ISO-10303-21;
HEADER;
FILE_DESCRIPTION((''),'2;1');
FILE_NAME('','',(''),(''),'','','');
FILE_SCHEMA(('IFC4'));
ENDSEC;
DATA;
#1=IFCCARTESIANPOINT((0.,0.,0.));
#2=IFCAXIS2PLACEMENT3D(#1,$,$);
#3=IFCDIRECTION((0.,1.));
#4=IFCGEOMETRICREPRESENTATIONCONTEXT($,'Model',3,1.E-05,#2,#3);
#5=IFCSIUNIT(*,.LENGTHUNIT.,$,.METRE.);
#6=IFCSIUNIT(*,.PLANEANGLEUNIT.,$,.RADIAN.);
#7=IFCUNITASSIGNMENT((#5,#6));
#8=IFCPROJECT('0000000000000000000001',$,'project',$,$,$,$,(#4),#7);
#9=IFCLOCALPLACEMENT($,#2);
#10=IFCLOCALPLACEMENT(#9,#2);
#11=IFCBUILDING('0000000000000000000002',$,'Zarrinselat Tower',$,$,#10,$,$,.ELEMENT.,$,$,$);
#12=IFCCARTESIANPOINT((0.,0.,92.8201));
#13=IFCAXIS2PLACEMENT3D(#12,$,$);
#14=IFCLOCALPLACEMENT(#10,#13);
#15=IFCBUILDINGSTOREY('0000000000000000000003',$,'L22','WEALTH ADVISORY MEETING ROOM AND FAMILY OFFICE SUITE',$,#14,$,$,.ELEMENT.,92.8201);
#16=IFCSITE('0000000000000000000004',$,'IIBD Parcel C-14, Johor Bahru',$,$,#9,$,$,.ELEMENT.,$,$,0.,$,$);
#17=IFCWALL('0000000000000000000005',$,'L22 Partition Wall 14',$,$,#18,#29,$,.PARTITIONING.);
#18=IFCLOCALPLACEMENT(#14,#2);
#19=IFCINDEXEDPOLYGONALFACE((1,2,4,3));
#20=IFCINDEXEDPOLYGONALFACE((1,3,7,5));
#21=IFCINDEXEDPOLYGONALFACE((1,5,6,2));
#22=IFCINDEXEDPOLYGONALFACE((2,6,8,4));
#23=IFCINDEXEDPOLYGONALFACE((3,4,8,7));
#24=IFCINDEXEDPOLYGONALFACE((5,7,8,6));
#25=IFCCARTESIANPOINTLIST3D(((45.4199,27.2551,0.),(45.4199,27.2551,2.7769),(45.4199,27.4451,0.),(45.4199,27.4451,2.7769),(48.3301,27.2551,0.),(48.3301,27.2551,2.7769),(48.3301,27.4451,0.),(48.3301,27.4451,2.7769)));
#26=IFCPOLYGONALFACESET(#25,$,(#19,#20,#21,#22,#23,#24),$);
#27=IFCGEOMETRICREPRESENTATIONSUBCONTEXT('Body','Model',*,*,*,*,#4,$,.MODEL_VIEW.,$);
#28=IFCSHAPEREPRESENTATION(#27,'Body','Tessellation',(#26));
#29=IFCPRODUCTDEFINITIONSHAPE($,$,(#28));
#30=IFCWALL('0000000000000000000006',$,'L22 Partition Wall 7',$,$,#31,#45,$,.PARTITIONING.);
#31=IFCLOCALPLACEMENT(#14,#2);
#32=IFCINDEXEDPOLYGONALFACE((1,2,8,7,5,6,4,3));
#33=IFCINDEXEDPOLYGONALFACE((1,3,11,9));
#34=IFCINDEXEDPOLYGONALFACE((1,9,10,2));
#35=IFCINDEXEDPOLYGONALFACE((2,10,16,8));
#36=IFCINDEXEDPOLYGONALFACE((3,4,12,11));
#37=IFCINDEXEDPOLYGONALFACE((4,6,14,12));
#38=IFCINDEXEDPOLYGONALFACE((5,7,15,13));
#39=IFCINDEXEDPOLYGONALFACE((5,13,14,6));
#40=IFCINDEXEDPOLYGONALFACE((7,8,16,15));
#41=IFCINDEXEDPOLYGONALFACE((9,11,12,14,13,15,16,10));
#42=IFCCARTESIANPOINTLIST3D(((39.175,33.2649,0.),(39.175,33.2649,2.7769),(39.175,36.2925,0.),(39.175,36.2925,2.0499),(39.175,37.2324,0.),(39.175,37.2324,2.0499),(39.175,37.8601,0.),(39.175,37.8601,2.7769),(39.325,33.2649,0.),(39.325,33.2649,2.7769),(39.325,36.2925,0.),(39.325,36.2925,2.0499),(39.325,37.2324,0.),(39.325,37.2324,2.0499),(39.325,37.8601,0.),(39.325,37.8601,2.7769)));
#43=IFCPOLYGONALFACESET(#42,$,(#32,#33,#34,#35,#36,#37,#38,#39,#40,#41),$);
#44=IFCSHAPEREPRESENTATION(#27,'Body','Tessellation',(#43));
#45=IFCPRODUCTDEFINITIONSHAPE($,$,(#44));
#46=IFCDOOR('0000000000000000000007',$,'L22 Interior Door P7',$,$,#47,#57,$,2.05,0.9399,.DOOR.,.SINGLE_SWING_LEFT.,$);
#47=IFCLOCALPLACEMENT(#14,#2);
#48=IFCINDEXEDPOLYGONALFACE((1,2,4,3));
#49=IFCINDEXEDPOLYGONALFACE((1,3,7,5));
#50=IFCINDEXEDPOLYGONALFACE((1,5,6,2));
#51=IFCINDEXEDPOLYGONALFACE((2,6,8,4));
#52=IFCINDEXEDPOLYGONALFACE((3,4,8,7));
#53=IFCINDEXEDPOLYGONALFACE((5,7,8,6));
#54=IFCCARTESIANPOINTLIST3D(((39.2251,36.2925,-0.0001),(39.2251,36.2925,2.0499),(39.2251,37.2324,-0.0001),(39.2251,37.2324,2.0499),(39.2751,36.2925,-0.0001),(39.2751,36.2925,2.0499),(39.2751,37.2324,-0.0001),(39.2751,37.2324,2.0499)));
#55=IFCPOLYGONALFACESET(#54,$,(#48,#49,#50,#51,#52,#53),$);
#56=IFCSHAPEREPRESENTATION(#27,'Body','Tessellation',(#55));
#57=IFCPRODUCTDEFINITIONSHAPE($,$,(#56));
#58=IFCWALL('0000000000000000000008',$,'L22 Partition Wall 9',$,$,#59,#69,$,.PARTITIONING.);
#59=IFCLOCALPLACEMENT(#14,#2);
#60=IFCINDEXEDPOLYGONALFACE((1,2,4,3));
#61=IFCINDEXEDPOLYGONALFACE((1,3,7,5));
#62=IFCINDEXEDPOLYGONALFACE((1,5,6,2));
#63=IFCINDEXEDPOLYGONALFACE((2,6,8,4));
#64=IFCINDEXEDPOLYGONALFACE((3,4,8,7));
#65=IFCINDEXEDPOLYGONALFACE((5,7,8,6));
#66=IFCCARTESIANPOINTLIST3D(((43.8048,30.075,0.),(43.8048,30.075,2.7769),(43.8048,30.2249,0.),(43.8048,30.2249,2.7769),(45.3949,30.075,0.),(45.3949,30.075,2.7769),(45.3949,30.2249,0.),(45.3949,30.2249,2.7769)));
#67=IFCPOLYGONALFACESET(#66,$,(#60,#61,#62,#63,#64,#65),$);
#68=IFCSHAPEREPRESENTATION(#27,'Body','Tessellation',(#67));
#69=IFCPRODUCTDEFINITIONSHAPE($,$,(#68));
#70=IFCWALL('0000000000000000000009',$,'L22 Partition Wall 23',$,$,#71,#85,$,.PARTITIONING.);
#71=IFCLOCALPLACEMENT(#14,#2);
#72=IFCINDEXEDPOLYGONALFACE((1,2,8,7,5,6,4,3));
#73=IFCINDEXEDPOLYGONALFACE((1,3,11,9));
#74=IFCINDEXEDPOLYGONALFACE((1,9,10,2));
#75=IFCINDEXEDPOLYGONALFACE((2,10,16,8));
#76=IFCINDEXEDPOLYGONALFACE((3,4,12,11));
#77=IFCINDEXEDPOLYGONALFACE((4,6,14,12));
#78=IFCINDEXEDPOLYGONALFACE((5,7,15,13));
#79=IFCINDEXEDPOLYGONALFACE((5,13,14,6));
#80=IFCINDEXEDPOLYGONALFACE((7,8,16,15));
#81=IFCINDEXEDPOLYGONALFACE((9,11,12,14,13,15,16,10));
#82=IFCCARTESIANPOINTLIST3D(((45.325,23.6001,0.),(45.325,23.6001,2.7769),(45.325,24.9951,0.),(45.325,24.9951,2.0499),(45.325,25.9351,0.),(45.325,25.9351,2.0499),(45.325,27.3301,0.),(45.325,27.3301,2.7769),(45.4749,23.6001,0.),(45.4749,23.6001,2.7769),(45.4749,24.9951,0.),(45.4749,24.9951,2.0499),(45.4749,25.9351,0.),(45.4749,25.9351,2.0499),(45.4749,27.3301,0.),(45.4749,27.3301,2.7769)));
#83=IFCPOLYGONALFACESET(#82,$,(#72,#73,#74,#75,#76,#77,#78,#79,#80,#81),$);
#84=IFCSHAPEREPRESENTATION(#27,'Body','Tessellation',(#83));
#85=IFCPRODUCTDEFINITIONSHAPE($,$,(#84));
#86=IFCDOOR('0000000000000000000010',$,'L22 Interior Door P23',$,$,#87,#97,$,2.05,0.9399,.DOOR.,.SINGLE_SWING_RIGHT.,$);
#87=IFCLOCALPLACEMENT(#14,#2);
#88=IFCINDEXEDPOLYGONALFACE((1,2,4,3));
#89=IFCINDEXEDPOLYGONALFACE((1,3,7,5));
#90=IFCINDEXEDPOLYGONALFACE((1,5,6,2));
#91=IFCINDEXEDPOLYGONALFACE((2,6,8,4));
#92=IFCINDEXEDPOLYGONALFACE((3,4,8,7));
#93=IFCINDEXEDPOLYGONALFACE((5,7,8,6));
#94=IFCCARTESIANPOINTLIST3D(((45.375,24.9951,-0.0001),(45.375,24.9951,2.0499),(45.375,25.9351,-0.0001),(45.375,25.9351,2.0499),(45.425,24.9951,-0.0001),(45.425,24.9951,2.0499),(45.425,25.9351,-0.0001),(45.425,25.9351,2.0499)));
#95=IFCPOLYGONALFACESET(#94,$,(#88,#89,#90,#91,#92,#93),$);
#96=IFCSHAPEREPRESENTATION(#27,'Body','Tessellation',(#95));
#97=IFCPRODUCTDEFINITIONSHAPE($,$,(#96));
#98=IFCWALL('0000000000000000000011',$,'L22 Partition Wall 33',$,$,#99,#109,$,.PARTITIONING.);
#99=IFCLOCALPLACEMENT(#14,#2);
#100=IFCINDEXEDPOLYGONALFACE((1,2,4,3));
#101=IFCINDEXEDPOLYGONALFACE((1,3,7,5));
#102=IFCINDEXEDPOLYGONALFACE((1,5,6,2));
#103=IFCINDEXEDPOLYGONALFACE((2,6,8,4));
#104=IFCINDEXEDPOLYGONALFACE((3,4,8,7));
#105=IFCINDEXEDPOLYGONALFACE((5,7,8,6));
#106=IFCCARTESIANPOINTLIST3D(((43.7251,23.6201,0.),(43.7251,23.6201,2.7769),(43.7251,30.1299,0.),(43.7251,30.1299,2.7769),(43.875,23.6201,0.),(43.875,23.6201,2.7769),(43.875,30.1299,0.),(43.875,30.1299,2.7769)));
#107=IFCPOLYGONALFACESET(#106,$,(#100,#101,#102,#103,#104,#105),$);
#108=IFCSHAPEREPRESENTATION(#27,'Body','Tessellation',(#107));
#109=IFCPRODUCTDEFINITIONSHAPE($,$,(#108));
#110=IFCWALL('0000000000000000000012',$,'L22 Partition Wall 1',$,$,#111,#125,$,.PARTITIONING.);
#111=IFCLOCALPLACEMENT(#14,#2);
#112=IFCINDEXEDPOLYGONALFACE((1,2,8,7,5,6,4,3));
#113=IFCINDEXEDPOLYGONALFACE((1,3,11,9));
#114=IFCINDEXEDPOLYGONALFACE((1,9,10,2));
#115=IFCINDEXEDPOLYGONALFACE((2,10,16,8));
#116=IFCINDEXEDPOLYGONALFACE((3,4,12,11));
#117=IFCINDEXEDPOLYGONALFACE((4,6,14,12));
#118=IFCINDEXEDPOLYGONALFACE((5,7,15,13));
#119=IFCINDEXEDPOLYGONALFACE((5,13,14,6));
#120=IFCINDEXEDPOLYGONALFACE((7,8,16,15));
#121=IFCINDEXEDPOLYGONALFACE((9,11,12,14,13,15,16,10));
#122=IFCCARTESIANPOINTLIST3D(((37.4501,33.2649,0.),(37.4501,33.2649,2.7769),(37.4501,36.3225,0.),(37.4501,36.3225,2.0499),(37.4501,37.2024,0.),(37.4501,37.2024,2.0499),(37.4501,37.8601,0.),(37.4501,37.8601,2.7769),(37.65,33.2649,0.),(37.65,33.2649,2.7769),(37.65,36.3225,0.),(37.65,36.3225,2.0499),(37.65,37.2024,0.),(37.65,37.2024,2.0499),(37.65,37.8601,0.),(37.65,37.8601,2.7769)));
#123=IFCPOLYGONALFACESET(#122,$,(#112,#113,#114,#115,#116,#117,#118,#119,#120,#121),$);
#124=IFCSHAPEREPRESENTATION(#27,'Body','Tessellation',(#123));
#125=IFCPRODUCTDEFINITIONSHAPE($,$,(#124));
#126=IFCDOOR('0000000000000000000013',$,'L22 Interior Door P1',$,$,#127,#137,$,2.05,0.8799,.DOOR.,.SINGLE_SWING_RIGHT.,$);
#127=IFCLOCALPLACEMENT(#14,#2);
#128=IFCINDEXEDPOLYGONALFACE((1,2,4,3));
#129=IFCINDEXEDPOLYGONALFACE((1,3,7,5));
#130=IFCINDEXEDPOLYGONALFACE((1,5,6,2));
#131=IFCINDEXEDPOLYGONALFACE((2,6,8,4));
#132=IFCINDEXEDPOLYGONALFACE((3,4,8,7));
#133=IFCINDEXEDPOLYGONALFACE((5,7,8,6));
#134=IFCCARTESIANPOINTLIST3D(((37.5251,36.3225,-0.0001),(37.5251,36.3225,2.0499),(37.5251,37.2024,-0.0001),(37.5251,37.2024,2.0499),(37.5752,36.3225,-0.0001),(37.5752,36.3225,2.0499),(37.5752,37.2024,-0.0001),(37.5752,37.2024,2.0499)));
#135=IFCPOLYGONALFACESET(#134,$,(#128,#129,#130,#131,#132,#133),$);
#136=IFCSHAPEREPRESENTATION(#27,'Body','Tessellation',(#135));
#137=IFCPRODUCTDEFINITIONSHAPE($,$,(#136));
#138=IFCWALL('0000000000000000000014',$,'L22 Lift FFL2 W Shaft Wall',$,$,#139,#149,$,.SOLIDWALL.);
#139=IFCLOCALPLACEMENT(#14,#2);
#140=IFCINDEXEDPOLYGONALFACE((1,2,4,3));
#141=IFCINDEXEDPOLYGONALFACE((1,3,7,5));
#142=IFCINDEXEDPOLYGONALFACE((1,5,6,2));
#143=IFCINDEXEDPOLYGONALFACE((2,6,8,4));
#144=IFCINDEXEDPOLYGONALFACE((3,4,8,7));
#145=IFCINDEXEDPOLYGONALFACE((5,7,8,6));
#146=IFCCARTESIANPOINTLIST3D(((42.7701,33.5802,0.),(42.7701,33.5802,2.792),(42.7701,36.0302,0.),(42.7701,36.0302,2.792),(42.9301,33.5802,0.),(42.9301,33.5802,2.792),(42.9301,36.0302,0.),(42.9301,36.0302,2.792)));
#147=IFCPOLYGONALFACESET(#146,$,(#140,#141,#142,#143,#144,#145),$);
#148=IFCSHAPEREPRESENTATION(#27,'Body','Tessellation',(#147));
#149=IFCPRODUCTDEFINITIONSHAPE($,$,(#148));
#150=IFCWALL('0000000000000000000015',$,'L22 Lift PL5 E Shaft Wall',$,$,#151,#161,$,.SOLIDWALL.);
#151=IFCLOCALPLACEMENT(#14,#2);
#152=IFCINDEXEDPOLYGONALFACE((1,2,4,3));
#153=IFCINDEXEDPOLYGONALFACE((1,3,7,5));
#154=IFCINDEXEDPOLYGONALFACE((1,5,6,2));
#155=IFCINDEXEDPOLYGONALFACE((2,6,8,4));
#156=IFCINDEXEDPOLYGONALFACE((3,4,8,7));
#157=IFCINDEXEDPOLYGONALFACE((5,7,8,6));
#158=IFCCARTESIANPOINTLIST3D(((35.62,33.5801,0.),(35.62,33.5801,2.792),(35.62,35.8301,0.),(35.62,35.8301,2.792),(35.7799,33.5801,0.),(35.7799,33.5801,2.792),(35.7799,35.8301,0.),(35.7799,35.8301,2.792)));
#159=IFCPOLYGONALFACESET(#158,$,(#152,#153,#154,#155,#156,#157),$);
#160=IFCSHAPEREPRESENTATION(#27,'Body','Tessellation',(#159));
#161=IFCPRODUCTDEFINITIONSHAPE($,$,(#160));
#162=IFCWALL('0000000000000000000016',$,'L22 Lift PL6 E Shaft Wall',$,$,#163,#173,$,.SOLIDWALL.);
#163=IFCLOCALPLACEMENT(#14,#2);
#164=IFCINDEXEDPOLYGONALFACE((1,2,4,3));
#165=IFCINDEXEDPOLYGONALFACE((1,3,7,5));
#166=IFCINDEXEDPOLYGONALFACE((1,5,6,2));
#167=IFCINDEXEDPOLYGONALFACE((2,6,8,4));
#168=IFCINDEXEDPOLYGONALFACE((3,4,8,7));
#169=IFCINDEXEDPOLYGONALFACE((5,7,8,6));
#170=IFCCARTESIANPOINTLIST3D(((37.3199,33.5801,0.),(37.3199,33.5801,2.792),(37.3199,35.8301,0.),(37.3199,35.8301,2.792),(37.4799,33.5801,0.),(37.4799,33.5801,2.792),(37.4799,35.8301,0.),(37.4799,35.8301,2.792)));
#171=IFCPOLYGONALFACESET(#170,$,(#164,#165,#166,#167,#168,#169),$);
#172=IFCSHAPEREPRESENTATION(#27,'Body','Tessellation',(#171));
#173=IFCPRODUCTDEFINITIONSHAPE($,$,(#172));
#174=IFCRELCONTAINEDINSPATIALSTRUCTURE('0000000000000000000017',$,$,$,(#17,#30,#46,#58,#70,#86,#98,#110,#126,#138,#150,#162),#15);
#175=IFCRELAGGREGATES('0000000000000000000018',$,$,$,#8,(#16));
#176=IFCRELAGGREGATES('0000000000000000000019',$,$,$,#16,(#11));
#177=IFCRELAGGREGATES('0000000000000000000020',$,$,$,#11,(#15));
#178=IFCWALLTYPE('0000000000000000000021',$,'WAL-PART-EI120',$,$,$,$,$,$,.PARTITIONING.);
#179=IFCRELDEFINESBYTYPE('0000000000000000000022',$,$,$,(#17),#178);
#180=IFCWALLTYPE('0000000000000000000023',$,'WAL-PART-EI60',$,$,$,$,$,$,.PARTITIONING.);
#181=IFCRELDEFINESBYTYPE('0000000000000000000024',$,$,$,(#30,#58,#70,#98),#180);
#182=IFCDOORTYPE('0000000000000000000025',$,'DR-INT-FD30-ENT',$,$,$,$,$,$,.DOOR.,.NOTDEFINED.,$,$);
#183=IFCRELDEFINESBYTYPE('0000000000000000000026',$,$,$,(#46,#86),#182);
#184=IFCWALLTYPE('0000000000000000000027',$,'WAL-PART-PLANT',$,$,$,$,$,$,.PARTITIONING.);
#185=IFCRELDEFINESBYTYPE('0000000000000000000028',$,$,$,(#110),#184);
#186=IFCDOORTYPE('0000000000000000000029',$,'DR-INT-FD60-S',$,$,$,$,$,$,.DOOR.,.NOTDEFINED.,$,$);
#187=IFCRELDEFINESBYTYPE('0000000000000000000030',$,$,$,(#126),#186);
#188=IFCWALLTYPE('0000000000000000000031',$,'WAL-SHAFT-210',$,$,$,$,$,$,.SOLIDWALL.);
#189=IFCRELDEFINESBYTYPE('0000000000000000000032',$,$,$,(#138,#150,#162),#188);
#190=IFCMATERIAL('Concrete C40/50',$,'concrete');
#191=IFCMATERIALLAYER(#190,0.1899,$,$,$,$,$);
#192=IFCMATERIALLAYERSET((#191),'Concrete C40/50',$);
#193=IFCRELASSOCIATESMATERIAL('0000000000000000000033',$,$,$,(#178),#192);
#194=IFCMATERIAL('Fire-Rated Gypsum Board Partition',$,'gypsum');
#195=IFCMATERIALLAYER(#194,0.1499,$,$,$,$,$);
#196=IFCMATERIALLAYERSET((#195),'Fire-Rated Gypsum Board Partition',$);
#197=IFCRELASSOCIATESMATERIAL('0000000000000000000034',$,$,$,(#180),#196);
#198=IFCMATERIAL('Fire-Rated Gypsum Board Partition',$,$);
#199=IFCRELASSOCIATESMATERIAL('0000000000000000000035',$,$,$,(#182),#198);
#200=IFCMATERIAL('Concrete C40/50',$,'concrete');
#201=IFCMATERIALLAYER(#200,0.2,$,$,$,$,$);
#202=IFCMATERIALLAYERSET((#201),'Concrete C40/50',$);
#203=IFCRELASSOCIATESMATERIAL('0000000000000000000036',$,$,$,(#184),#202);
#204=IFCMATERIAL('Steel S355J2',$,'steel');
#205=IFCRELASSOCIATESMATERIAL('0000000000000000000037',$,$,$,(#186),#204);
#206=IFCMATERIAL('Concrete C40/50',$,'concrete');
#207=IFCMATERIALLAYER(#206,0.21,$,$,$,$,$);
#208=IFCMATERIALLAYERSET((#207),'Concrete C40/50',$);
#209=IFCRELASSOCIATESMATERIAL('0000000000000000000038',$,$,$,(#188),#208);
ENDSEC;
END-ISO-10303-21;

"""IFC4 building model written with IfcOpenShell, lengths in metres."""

from ifc_helpers import new_model, si_unit, direction, frame, frame_2d, origin, place, context, subcontext, project, spatial, rectangle, extrude, material, layer, layer_set, type_object, element, fill, save


model = new_model("IFC4")

# Units and contexts
model_context = context("Model", 3, precision=1e-05, world=origin(), true_north=direction((0.0, 1.0)))
body_context = subcontext(model_context, "Body", "Model", "MODEL_VIEW")
ifc_project = project(units=[si_unit("LENGTHUNIT", "METRE"), si_unit("PLANEANGLEUNIT", "RADIAN")], contexts=[model_context])

# Site, building, storey
site_placement = place(None, origin())
site = spatial("IfcSite", under=ifc_project, at=site_placement, Name="IIBD Parcel C-14, Johor Bahru", CompositionType="ELEMENT", RefElevation=0.0)
building_placement = place(site_placement, origin())
building = spatial("IfcBuilding", under=site, at=building_placement, Name="Zarrinselat Tower", CompositionType="ELEMENT")
storey_placement = place(building_placement, frame((0.0, 0.0, 92.8201)))
storey = spatial("IfcBuildingStorey", under=building, at=storey_placement, Name="L22", Description="WEALTH ADVISORY MEETING ROOM AND FAMILY OFFICE SUITE", CompositionType="ELEMENT", Elevation=92.8201)

# Shared definitions
ifc_material_1 = material(Name="Concrete C40/50", Category="concrete")
ifc_layer_1 = layer(ifc_material_1, 0.1899)
ifc_layer_set_1 = layer_set([ifc_layer_1], Name="Concrete C40/50")
wall_type_1 = type_object("IfcWallType", Name="WAL-PART-EI120", PredefinedType="PARTITIONING", material=ifc_layer_set_1)

# Wall
wall_1_placement = place(storey_placement, frame((45.4199, 27.3501, 0.0), z_axis=(0.0, 0.0, 1.0), x_axis=(1.0, 0.0, 0.0)))
element("IfcWall", 1, at=wall_1_placement, inside=storey, type_object=wall_type_1, Name="L22 Partition Wall 14", PredefinedType="PARTITIONING", context=body_context, shape_type="SweptSolid", body=[
    extrude(rectangle(XDim=2.9102, YDim=0.1899, at=frame_2d((1.4551, 0.0))), origin(), (0.0, 0.0, 1.0), 2.7769),
])

# Wall, opening, door
ifc_material_2 = material(Name="Fire-Rated Gypsum Board Partition", Category="gypsum")
ifc_layer_2 = layer(ifc_material_2, 0.1499)
ifc_layer_set_2 = layer_set([ifc_layer_2], Name="Fire-Rated Gypsum Board Partition")
wall_type_2 = type_object("IfcWallType", Name="WAL-PART-EI60", PredefinedType="PARTITIONING", material=ifc_layer_set_2)
wall_2_placement = place(storey_placement, frame((39.25, 33.2649, 0.0), z_axis=(0.0, 0.0, 1.0), x_axis=(0.0, 1.0, 0.0)))
wall_2 = element("IfcWall", 2, at=wall_2_placement, inside=storey, type_object=wall_type_2, Name="L22 Partition Wall 7", PredefinedType="PARTITIONING", context=body_context, shape_type="SweptSolid", body=[
    extrude(rectangle(XDim=4.5952, YDim=0.1499, at=frame_2d((2.2976, 0.0))), origin(), (0.0, 0.0, 1.0), 2.7769),
])
opening_1_placement = place(wall_2_placement, frame((3.0276, 0.0, 0.0)))
opening_1 = element("IfcOpeningElement", 3, at=opening_1_placement, cuts=wall_2, PredefinedType="OPENING", context=body_context, shape_type="SweptSolid", body=[
    extrude(rectangle(XDim=0.9399, YDim=2.05, at=frame_2d((0.47, 1.0249))), frame((0.0, 0.085, 0.0), z_axis=(0.0, -1.0, 0.0), x_axis=(1.0, 0.0, 0.0)), (0.0, 0.0, 1.0), 0.1699),
])
ifc_material_3 = material(Name="Fire-Rated Gypsum Board Partition")
door_type_1 = type_object("IfcDoorType", Name="DR-INT-FD30-ENT", OperationType="NOTDEFINED", PredefinedType="DOOR", material=ifc_material_3)
door_1_placement = place(opening_1_placement, origin())
door_1 = element("IfcDoor", 4, at=door_1_placement, inside=storey, type_object=door_type_1, Name="L22 Interior Door P7", OperationType="SINGLE_SWING_LEFT", OverallHeight=2.05, OverallWidth=0.9399, PredefinedType="DOOR", context=body_context, shape_type="SweptSolid", body=[
    extrude(rectangle(XDim=0.9399, YDim=2.05, at=frame_2d((0.47, 1.0249))), frame((0.0, 0.0249, 0.0), z_axis=(0.0, -1.0, 0.0), x_axis=(1.0, 0.0, 0.0)), (0.0, 0.0, 1.0), 0.05),
])
fill(opening_1, door_1)

# Wall
wall_3_placement = place(storey_placement, frame((43.8049, 30.1499, 0.0), z_axis=(0.0, 0.0, 1.0), x_axis=(1.0, 0.0, 0.0)))
element("IfcWall", 5, at=wall_3_placement, inside=storey, type_object=wall_type_2, Name="L22 Partition Wall 9", PredefinedType="PARTITIONING", context=body_context, shape_type="SweptSolid", body=[
    extrude(rectangle(XDim=1.5901, YDim=0.1499, at=frame_2d((0.7949, 0.0))), origin(), (0.0, 0.0, 1.0), 2.7769),
])

# Wall, opening, door
wall_4_placement = place(storey_placement, frame((45.3999, 23.6001, 0.0), z_axis=(0.0, 0.0, 1.0), x_axis=(0.0, 1.0, 0.0)))
wall_4 = element("IfcWall", 6, at=wall_4_placement, inside=storey, type_object=wall_type_2, Name="L22 Partition Wall 23", PredefinedType="PARTITIONING", context=body_context, shape_type="SweptSolid", body=[
    extrude(rectangle(XDim=3.73, YDim=0.1499, at=frame_2d((1.865, 0.0))), origin(), (0.0, 0.0, 1.0), 2.7769),
])
opening_2_placement = place(wall_4_placement, frame((1.395, 0.0, 0.0)))
opening_2 = element("IfcOpeningElement", 7, at=opening_2_placement, cuts=wall_4, PredefinedType="OPENING", context=body_context, shape_type="SweptSolid", body=[
    extrude(rectangle(XDim=0.9399, YDim=2.05, at=frame_2d((0.47, 1.0249))), frame((0.0, 0.085, 0.0), z_axis=(0.0, -1.0, 0.0), x_axis=(1.0, 0.0, 0.0)), (0.0, 0.0, 1.0), 0.1699),
])
door_2_placement = place(opening_2_placement, origin())
door_2 = element("IfcDoor", 8, at=door_2_placement, inside=storey, type_object=door_type_1, Name="L22 Interior Door P23", OperationType="SINGLE_SWING_RIGHT", OverallHeight=2.05, OverallWidth=0.9399, PredefinedType="DOOR", context=body_context, shape_type="SweptSolid", body=[
    extrude(rectangle(XDim=0.9399, YDim=2.05, at=frame_2d((0.47, 1.0249))), frame((0.0, 0.0249, 0.0), z_axis=(0.0, -1.0, 0.0), x_axis=(1.0, 0.0, 0.0)), (0.0, 0.0, 1.0), 0.05),
])
fill(opening_2, door_2)

# Wall
wall_5_placement = place(storey_placement, frame((43.8, 23.6201, 0.0), z_axis=(0.0, 0.0, 1.0), x_axis=(0.0, 1.0, 0.0)))
element("IfcWall", 9, at=wall_5_placement, inside=storey, type_object=wall_type_2, Name="L22 Partition Wall 33", PredefinedType="PARTITIONING", context=body_context, shape_type="SweptSolid", body=[
    extrude(rectangle(XDim=6.5098, YDim=0.1499, at=frame_2d((3.2549, 0.0))), origin(), (0.0, 0.0, 1.0), 2.7769),
])

# Wall, opening, door
ifc_material_4 = material(Name="Concrete C40/50", Category="concrete")
ifc_layer_3 = layer(ifc_material_4, 0.2)
ifc_layer_set_3 = layer_set([ifc_layer_3], Name="Concrete C40/50")
wall_type_3 = type_object("IfcWallType", Name="WAL-PART-PLANT", PredefinedType="PARTITIONING", material=ifc_layer_set_3)
wall_6_placement = place(storey_placement, frame((37.55, 33.2649, 0.0), z_axis=(0.0, 0.0, 1.0), x_axis=(0.0, 1.0, 0.0)))
wall_6 = element("IfcWall", 10, at=wall_6_placement, inside=storey, type_object=wall_type_3, Name="L22 Partition Wall 1", PredefinedType="PARTITIONING", context=body_context, shape_type="SweptSolid", body=[
    extrude(rectangle(XDim=4.5952, YDim=0.2, at=frame_2d((2.2976, 0.0))), origin(), (0.0, 0.0, 1.0), 2.7769),
])
opening_3_placement = place(wall_6_placement, frame((3.0576, 0.0, 0.0)))
opening_3 = element("IfcOpeningElement", 11, at=opening_3_placement, cuts=wall_6, PredefinedType="OPENING", context=body_context, shape_type="SweptSolid", body=[
    extrude(rectangle(XDim=0.8799, YDim=2.05, at=frame_2d((0.4399, 1.0249))), frame((0.0, 0.1099, 0.0), z_axis=(0.0, -1.0, 0.0), x_axis=(1.0, 0.0, 0.0)), (0.0, 0.0, 1.0), 0.22),
])
ifc_material_5 = material(Name="Steel S355J2", Category="steel")
door_type_2 = type_object("IfcDoorType", Name="DR-INT-FD60-S", OperationType="NOTDEFINED", PredefinedType="DOOR", material=ifc_material_5)
door_3_placement = place(opening_3_placement, origin())
door_3 = element("IfcDoor", 12, at=door_3_placement, inside=storey, type_object=door_type_2, Name="L22 Interior Door P1", OperationType="SINGLE_SWING_RIGHT", OverallHeight=2.05, OverallWidth=0.8799, PredefinedType="DOOR", context=body_context, shape_type="SweptSolid", body=[
    extrude(rectangle(XDim=0.8799, YDim=2.05, at=frame_2d((0.4399, 1.0249))), frame((0.0, 0.0249, 0.0), z_axis=(0.0, -1.0, 0.0), x_axis=(1.0, 0.0, 0.0)), (0.0, 0.0, 1.0), 0.05),
])
fill(opening_3, door_3)

# Walls
ifc_material_6 = material(Name="Concrete C40/50", Category="concrete")
ifc_layer_4 = layer(ifc_material_6, 0.21)
ifc_layer_set_4 = layer_set([ifc_layer_4], Name="Concrete C40/50")
wall_type_4 = type_object("IfcWallType", Name="WAL-SHAFT-210", PredefinedType="SOLIDWALL", material=ifc_layer_set_4)
wall_7_placement = place(storey_placement, frame((42.8501, 33.5801, 0.0), z_axis=(0.0, 0.0, 1.0), x_axis=(0.0, 1.0, 0.0)))
element("IfcWall", 13, at=wall_7_placement, inside=storey, type_object=wall_type_4, Name="L22 Lift FFL2 W Shaft Wall", PredefinedType="SOLIDWALL", context=body_context, shape_type="SweptSolid", body=[
    extrude(rectangle(XDim=2.45, YDim=0.1599, at=frame_2d((1.2251, 0.0))), origin(), (0.0, 0.0, 1.0), 2.792),
])
for number, where, z_axis, x_axis, name in (
    (14, (35.7, 33.5801, 0.0), (0.0, 0.0, 1.0), (0.0, 1.0, 0.0), "L22 Lift PL5 E Shaft Wall"),
    (15, (37.3999, 33.5801, 0.0), (0.0, 0.0, 1.0), (0.0, 1.0, 0.0), "L22 Lift PL6 E Shaft Wall"),
):
    element("IfcWall", number, at=place(storey_placement, frame(where, z_axis=z_axis, x_axis=x_axis)), inside=storey, type_object=wall_type_4, Name=name, PredefinedType="SOLIDWALL", context=body_context, shape_type="SweptSolid", body=[
        extrude(rectangle(XDim=2.25, YDim=0.1599, at=frame_2d((1.125, 0.0))), origin(), (0.0, 0.0, 1.0), 2.792),
    ])

save(model, "model.ifc")
